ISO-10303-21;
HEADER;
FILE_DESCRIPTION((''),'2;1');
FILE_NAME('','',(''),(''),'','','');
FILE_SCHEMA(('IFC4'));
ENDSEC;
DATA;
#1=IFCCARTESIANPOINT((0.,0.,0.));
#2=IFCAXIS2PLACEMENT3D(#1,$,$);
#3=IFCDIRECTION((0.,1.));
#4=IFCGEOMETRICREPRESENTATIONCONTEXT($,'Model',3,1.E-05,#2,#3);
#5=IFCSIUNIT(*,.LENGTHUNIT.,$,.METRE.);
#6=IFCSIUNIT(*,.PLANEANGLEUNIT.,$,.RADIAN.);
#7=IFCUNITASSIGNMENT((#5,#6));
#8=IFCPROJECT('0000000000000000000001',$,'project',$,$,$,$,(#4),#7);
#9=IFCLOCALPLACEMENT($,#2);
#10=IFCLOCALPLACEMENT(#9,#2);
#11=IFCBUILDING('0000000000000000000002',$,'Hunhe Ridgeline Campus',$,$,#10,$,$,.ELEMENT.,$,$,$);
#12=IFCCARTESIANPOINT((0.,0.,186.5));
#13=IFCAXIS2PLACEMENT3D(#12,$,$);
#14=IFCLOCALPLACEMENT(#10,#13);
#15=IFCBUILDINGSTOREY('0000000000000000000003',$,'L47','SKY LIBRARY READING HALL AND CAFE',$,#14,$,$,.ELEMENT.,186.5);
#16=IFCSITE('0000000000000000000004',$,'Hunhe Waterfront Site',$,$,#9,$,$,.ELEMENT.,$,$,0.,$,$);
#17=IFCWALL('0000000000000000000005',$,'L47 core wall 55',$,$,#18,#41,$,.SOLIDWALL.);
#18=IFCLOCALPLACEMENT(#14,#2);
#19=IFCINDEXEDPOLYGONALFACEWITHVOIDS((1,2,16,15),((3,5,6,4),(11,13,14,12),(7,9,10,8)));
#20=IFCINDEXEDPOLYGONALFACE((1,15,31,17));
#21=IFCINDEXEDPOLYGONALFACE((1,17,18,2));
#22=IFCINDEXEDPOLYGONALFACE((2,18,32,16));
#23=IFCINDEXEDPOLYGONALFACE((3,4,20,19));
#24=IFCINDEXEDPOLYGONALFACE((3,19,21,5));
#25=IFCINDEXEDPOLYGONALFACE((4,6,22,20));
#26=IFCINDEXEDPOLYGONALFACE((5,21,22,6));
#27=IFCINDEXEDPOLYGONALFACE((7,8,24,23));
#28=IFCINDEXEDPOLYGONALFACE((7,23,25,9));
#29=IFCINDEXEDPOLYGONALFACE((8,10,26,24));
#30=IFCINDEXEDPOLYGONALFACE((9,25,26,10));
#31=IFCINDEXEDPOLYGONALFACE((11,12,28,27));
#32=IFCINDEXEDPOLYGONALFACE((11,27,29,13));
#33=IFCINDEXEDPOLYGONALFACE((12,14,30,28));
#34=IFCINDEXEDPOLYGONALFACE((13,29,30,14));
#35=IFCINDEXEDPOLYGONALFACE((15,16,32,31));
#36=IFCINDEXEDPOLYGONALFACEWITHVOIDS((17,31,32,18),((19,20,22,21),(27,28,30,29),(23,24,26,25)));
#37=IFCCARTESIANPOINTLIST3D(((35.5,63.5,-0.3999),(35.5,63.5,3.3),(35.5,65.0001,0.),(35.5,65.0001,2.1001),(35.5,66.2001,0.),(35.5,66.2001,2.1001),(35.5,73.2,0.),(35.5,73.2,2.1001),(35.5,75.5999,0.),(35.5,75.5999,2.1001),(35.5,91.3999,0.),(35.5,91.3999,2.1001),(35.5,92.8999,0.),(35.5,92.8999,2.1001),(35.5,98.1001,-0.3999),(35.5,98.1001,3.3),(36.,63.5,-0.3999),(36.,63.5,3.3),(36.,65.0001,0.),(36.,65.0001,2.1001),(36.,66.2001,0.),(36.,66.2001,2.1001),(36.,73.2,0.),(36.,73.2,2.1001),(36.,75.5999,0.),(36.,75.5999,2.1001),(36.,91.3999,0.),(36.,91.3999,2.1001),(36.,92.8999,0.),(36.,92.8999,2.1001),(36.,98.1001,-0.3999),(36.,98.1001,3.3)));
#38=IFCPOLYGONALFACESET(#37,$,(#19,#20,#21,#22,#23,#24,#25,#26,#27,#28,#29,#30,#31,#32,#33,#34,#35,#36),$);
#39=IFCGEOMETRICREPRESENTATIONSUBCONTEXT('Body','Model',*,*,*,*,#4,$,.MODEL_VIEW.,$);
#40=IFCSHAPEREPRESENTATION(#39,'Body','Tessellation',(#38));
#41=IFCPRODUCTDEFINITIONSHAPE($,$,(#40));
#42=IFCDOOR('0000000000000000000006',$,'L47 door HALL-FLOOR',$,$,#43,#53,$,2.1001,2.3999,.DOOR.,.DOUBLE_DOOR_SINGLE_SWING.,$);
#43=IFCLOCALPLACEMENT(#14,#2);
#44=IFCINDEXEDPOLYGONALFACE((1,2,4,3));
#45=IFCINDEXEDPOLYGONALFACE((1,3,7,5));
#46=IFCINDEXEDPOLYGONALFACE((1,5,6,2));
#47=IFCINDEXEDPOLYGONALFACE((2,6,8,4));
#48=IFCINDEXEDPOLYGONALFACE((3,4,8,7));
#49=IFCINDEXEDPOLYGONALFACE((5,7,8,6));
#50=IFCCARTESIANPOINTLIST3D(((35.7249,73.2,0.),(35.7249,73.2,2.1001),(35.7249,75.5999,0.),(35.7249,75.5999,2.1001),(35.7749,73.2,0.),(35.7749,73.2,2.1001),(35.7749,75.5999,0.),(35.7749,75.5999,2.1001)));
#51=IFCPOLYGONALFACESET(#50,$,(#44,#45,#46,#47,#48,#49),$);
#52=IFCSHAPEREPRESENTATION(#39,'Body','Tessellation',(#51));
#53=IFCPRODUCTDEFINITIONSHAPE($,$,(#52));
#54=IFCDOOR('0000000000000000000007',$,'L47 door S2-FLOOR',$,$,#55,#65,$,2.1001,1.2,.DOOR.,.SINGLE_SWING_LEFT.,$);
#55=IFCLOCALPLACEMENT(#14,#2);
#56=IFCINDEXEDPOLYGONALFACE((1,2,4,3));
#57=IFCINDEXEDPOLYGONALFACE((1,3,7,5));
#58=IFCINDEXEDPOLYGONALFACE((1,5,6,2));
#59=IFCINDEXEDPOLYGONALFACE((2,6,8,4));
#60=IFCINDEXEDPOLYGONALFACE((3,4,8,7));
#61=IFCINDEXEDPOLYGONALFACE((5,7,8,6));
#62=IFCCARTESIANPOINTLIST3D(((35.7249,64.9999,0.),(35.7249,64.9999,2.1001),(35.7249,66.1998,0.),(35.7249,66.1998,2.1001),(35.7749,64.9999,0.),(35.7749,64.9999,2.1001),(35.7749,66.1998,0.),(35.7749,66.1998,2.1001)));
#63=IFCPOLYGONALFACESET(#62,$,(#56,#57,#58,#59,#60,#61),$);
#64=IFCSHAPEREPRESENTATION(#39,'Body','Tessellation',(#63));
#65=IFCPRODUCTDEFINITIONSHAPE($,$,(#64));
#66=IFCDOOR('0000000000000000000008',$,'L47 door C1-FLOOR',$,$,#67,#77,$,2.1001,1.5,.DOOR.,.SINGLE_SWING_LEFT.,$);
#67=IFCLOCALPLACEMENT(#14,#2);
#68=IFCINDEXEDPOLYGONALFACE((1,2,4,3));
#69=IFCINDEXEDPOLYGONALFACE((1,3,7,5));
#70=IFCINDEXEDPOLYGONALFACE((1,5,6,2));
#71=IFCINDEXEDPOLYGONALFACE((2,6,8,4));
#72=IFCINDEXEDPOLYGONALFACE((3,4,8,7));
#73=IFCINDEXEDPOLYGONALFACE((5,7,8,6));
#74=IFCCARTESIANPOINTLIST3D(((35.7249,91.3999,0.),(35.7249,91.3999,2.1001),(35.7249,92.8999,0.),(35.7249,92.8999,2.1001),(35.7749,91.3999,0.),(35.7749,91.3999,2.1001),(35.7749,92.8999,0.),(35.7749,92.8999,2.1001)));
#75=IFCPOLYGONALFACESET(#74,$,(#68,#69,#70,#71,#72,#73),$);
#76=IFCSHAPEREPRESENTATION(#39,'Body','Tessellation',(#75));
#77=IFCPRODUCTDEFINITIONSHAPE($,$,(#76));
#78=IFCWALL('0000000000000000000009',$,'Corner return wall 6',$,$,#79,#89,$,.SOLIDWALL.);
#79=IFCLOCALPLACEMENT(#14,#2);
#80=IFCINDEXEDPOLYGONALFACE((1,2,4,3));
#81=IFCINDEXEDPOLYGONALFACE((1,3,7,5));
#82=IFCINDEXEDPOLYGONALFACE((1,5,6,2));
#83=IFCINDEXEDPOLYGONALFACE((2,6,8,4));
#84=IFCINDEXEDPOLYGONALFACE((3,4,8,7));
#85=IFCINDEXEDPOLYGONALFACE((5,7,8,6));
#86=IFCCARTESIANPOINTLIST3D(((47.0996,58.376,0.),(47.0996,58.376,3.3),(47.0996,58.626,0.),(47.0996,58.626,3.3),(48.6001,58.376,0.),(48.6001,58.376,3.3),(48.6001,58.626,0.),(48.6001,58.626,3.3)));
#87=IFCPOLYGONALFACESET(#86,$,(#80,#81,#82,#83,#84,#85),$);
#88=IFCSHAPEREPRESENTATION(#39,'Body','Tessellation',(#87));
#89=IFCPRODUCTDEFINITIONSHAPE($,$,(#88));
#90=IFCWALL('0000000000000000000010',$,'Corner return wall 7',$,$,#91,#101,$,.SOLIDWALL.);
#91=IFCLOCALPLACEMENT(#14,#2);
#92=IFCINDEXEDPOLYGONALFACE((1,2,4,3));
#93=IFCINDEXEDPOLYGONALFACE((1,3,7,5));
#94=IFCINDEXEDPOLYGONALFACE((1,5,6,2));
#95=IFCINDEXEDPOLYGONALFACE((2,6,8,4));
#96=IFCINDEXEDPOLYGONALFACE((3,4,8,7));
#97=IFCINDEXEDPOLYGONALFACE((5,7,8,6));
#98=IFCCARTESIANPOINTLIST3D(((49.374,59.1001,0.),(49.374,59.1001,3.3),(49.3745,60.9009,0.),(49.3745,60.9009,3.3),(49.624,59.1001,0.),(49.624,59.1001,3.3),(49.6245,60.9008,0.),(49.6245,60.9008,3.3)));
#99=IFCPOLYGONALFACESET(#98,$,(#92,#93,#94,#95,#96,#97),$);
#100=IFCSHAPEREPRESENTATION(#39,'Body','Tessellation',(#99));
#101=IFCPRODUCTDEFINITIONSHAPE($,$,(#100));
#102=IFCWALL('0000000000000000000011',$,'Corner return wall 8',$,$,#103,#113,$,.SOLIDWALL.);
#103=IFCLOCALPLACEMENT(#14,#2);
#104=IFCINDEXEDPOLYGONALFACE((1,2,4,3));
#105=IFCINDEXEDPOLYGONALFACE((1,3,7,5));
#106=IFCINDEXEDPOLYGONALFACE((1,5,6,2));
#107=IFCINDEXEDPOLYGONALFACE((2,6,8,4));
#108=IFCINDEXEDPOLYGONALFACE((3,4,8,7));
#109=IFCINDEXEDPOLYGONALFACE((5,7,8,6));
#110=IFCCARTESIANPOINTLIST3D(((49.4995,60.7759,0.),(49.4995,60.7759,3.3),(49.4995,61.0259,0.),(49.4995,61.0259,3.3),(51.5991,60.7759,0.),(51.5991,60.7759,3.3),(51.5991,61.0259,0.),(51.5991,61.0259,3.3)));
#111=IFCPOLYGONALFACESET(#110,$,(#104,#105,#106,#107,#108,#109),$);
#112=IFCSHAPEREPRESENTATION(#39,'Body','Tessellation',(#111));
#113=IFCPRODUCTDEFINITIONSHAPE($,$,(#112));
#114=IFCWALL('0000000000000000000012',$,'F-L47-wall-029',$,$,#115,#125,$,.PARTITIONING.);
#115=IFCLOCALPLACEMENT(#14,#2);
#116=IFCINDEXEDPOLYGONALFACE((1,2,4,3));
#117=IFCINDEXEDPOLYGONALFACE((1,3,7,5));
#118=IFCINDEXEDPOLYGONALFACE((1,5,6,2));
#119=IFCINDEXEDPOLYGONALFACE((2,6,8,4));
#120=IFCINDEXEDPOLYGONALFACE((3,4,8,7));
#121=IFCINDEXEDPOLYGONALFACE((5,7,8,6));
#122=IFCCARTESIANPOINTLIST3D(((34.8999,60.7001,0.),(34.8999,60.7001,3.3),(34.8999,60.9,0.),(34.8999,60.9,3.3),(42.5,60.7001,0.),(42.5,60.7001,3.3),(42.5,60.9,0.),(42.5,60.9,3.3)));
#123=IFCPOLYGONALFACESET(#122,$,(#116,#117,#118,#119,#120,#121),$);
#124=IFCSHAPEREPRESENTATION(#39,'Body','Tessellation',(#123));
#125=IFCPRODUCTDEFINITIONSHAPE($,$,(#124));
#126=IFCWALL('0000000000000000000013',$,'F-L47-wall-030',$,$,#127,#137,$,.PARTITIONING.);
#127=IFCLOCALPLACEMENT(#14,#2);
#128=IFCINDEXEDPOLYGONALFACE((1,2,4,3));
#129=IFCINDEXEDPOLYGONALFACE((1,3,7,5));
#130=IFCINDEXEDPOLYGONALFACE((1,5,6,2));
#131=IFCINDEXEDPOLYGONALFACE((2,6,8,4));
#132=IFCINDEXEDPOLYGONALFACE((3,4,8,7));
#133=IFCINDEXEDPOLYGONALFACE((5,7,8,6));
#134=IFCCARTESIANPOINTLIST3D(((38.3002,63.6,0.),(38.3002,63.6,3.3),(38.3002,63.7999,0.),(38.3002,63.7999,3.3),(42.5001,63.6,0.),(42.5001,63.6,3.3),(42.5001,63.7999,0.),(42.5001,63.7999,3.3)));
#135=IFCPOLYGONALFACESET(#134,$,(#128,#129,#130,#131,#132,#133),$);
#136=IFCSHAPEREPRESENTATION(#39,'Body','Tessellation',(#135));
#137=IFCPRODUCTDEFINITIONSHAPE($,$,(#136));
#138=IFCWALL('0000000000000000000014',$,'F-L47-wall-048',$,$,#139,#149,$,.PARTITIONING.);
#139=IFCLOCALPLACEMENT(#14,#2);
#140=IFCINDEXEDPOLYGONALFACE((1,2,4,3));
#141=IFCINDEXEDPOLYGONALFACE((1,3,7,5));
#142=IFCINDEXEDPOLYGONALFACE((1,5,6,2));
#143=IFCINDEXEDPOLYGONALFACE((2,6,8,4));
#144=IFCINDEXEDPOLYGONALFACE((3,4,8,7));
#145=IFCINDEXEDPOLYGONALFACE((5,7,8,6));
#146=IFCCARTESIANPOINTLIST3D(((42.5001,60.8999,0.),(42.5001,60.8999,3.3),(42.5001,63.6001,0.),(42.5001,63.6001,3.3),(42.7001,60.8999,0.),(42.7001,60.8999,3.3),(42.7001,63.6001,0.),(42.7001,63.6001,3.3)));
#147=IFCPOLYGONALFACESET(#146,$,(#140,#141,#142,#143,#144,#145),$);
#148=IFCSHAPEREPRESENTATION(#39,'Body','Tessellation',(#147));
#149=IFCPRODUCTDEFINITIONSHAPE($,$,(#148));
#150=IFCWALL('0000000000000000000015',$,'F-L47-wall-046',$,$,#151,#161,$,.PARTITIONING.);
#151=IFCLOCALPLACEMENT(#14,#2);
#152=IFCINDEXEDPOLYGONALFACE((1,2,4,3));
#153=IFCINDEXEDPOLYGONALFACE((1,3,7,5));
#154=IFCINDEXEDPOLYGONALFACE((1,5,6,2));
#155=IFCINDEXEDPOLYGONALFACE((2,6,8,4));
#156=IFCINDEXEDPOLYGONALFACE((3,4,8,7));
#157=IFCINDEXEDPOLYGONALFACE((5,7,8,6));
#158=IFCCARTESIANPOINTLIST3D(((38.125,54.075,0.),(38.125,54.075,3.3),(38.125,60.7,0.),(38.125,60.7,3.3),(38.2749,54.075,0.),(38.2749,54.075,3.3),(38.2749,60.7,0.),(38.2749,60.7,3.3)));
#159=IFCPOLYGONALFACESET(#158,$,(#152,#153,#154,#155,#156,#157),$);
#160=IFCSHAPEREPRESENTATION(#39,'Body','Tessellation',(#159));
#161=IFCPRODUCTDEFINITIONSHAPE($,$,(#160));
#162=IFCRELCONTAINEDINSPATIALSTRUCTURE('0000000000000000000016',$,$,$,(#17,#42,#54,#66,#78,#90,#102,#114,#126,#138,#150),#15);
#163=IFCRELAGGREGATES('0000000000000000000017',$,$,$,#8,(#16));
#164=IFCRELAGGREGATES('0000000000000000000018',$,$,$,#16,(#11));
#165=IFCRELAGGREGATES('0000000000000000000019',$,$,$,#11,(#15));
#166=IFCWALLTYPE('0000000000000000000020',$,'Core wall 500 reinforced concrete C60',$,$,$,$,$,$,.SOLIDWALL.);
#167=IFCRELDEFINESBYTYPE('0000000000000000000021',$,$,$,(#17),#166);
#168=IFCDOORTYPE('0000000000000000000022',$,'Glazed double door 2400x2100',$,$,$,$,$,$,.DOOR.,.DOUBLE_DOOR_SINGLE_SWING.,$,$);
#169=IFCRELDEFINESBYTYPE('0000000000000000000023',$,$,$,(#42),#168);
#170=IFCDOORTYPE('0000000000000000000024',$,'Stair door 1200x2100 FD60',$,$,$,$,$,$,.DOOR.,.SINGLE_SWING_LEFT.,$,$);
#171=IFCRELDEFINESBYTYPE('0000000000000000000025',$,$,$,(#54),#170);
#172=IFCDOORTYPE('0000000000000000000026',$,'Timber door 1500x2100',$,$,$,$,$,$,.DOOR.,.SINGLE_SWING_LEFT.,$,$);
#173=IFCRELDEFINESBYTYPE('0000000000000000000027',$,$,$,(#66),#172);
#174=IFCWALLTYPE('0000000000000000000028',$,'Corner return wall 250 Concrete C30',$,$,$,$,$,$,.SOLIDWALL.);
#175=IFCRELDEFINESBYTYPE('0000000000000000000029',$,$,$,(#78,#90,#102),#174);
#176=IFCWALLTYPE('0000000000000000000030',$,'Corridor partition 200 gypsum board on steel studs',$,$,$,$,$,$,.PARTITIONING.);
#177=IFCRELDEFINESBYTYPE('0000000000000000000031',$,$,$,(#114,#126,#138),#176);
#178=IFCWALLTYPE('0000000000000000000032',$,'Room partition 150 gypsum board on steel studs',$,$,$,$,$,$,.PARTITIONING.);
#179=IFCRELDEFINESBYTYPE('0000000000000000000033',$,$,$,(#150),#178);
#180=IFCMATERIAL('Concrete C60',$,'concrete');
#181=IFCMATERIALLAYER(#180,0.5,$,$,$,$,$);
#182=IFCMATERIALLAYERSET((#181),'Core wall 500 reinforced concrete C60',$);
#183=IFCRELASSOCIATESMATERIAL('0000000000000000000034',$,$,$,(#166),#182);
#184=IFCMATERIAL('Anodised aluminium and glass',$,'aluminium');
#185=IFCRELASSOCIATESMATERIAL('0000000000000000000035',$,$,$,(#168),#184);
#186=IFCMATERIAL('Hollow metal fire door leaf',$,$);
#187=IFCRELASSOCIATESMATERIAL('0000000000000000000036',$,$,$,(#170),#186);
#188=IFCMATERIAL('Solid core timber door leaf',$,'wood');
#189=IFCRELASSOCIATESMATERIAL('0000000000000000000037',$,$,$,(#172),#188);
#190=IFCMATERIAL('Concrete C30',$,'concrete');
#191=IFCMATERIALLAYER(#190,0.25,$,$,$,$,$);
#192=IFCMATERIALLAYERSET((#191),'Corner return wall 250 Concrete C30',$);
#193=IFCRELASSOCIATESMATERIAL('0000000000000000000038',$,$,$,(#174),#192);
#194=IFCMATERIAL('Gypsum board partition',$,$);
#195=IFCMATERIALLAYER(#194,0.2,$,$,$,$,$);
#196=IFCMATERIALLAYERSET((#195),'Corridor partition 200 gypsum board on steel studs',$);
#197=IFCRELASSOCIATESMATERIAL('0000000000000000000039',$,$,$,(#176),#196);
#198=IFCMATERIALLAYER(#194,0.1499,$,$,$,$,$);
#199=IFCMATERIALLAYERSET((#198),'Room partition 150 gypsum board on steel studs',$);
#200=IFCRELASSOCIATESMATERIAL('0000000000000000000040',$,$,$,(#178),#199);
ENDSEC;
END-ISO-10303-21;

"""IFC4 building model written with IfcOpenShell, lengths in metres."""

from ifc_helpers import new_model, si_unit, direction, frame, frame_2d, origin, place, context, subcontext, project, spatial, rectangle, extrude, material, layer, layer_set, type_object, element, fill, save


model = new_model("IFC4")

# Units and contexts
model_context = context("Model", 3, precision=1e-05, world=origin(), true_north=direction((0.0, 1.0)))
body_context = subcontext(model_context, "Body", "Model", "MODEL_VIEW")
ifc_project = project(units=[si_unit("LENGTHUNIT", "METRE"), si_unit("PLANEANGLEUNIT", "RADIAN")], contexts=[model_context])

# Site, building, storey
site_placement = place(None, origin())
site = spatial("IfcSite", under=ifc_project, at=site_placement, Name="Hunhe Waterfront Site", CompositionType="ELEMENT", RefElevation=0.0)
building_placement = place(site_placement, origin())
building = spatial("IfcBuilding", under=site, at=building_placement, Name="Hunhe Ridgeline Campus", CompositionType="ELEMENT")
storey_placement = place(building_placement, frame((0.0, 0.0, 186.5)))
storey = spatial("IfcBuildingStorey", under=building, at=storey_placement, Name="L47", Description="SKY LIBRARY READING HALL AND CAFE", CompositionType="ELEMENT", Elevation=186.5)

# Shared definitions
ifc_material_1 = material(Name="Concrete C60", Category="concrete")

# Wall, openings, doors
ifc_layer_1 = layer(ifc_material_1, 0.5)
ifc_layer_set_1 = layer_set([ifc_layer_1], Name="Core wall 500 reinforced concrete C60")
wall_type_1 = type_object("IfcWallType", Name="Core wall 500 reinforced concrete C60", PredefinedType="SOLIDWALL", material=ifc_layer_set_1)
wall_1_placement = place(storey_placement, frame((35.75, 63.5, -0.3999), z_axis=(0.0, 0.0, 1.0), x_axis=(0.0, 1.0, 0.0)))
wall_1 = element("IfcWall", 1, at=wall_1_placement, inside=storey, type_object=wall_type_1, Name="L47 core wall 55", PredefinedType="SOLIDWALL", context=body_context, shape_type="SweptSolid", body=[
    extrude(rectangle(XDim=34.6001, YDim=0.5, at=frame_2d((17.3, 0.0))), origin(), (0.0, 0.0, 1.0), 3.7),
])
opening_1_placement = place(wall_1_placement, frame((9.7, 0.0, 0.3999)))
opening_1 = element("IfcOpeningElement", 2, at=opening_1_placement, cuts=wall_1, PredefinedType="OPENING", context=body_context, shape_type="SweptSolid", body=[
    extrude(rectangle(XDim=2.3999, YDim=2.1001, at=frame_2d((1.2, 1.05))), frame((0.0, 0.25, 0.0), z_axis=(0.0, -1.0, 0.0), x_axis=(1.0, 0.0, 0.0)), (0.0, 0.0, 1.0), 0.5),
])
opening_2_placement = place(wall_1_placement, frame((27.8999, 0.0, 0.3999)))
opening_2 = element("IfcOpeningElement", 3, at=opening_2_placement, cuts=wall_1, PredefinedType="OPENING", context=body_context, shape_type="SweptSolid", body=[
    extrude(rectangle(XDim=1.5, YDim=2.1001, at=frame_2d((0.75, 1.05))), frame((0.0, 0.25, 0.0), z_axis=(0.0, -1.0, 0.0), x_axis=(1.0, 0.0, 0.0)), (0.0, 0.0, 1.0), 0.5),
])
opening_3_placement = place(wall_1_placement, frame((1.5, 0.0, 0.3999)))
opening_3 = element("IfcOpeningElement", 4, at=opening_3_placement, cuts=wall_1, PredefinedType="OPENING", context=body_context, shape_type="SweptSolid", body=[
    extrude(rectangle(XDim=1.2, YDim=2.1001, at=frame_2d((0.6001, 1.05))), frame((0.0, 0.25, 0.0), z_axis=(0.0, -1.0, 0.0), x_axis=(1.0, 0.0, 0.0)), (0.0, 0.0, 1.0), 0.5),
])
ifc_material_2 = material(Name="Anodised aluminium and glass", Category="aluminium")
door_type_1 = type_object("IfcDoorType", Name="Glazed double door 2400x2100", OperationType="DOUBLE_DOOR_SINGLE_SWING", PredefinedType="DOOR", material=ifc_material_2)
door_1_placement = place(opening_1_placement, frame((2.3999, 0.0, 0.0), z_axis=(0.0, 0.0, 1.0), x_axis=(-1.0, 0.0, 0.0)))
door_1 = element("IfcDoor", 5, at=door_1_placement, inside=storey, type_object=door_type_1, Name="L47 door HALL-FLOOR", OperationType="DOUBLE_DOOR_SINGLE_SWING", OverallHeight=2.1001, OverallWidth=2.3999, PredefinedType="DOOR", context=body_context, shape_type="SweptSolid", body=[
    extrude(rectangle(XDim=2.3999, YDim=2.1001, at=frame_2d((1.2, 1.05))), frame((0.0, 0.0249, 0.0), z_axis=(0.0, -1.0, 0.0), x_axis=(1.0, 0.0, 0.0)), (0.0, 0.0, 1.0), 0.05),
])
fill(opening_1, door_1)
ifc_material_3 = material(Name="Hollow metal fire door leaf")
door_type_2 = type_object("IfcDoorType", Name="Stair door 1200x2100 FD60", OperationType="SINGLE_SWING_LEFT", PredefinedType="DOOR", material=ifc_material_3)
door_2_placement = place(opening_3_placement, frame((1.2, 0.0, 0.0), z_axis=(0.0, 0.0, 1.0), x_axis=(-1.0, 0.0, 0.0)))
door_2 = element("IfcDoor", 6, at=door_2_placement, inside=storey, type_object=door_type_2, Name="L47 door S2-FLOOR", OperationType="SINGLE_SWING_LEFT", OverallHeight=2.1001, OverallWidth=1.2, PredefinedType="DOOR", context=body_context, shape_type="SweptSolid", body=[
    extrude(rectangle(XDim=1.2, YDim=2.1001, at=frame_2d((0.6001, 1.05))), frame((0.0, 0.0249, 0.0), z_axis=(0.0, -1.0, 0.0), x_axis=(1.0, 0.0, 0.0)), (0.0, 0.0, 1.0), 0.05),
])
fill(opening_3, door_2)
ifc_material_4 = material(Name="Solid core timber door leaf", Category="wood")
door_type_3 = type_object("IfcDoorType", Name="Timber door 1500x2100", OperationType="SINGLE_SWING_LEFT", PredefinedType="DOOR", material=ifc_material_4)
door_3_placement = place(opening_2_placement, frame((1.5, 0.0, 0.0), z_axis=(0.0, 0.0, 1.0), x_axis=(-1.0, 0.0, 0.0)))
door_3 = element("IfcDoor", 7, at=door_3_placement, inside=storey, type_object=door_type_3, Name="L47 door C1-FLOOR", OperationType="SINGLE_SWING_LEFT", OverallHeight=2.1001, OverallWidth=1.5, PredefinedType="DOOR", context=body_context, shape_type="SweptSolid", body=[
    extrude(rectangle(XDim=1.5, YDim=2.1001, at=frame_2d((0.75, 1.05))), frame((0.0, 0.0249, 0.0), z_axis=(0.0, -1.0, 0.0), x_axis=(1.0, 0.0, 0.0)), (0.0, 0.0, 1.0), 0.05),
])
fill(opening_2, door_3)

# Walls
ifc_material_5 = material(Name="Concrete C30", Category="concrete")
ifc_layer_2 = layer(ifc_material_5, 0.25)
ifc_layer_set_2 = layer_set([ifc_layer_2], Name="Corner return wall 250 Concrete C30")
wall_type_2 = type_object("IfcWallType", Name="Corner return wall 250 Concrete C30", PredefinedType="SOLIDWALL", material=ifc_layer_set_2)
wall_2_placement = place(storey_placement, frame((47.0996, 58.501, 0.0), z_axis=(0.0, 0.0, 1.0), x_axis=(1.0, 0.0, 0.0)))
element("IfcWall", 8, at=wall_2_placement, inside=storey, type_object=wall_type_2, Name="Corner return wall 6", PredefinedType="SOLIDWALL", context=body_context, shape_type="SweptSolid", body=[
    extrude(rectangle(XDim=1.5005, YDim=0.25, at=frame_2d((0.7502, 0.0))), origin(), (0.0, 0.0, 1.0), 3.3),
])
wall_3_placement = place(storey_placement, frame((49.499, 59.1001, 0.0), z_axis=(0.0, 0.0, 1.0), x_axis=(0.000271, 1.0, 0.0)))
element("IfcWall", 9, at=wall_3_placement, inside=storey, type_object=wall_type_2, Name="Corner return wall 7", PredefinedType="SOLIDWALL", context=body_context, shape_type="SweptSolid", body=[
    extrude(rectangle(XDim=1.8008, YDim=0.25, at=frame_2d((0.9004, 0.0))), origin(), (0.0, 0.0, 1.0), 3.3),
])
wall_4_placement = place(storey_placement, frame((49.4995, 60.9009, 0.0), z_axis=(0.0, 0.0, 1.0), x_axis=(1.0, 0.0, 0.0)))
element("IfcWall", 10, at=wall_4_placement, inside=storey, type_object=wall_type_2, Name="Corner return wall 8", PredefinedType="SOLIDWALL", context=body_context, shape_type="SweptSolid", body=[
    extrude(rectangle(XDim=2.0996, YDim=0.25, at=frame_2d((1.0498, 0.0))), origin(), (0.0, 0.0, 1.0), 3.3),
])
ifc_material_6 = material(Name="Gypsum board partition")
ifc_layer_3 = layer(ifc_material_6, 0.2)
ifc_layer_set_3 = layer_set([ifc_layer_3], Name="Corridor partition 200 gypsum board on steel studs")
wall_type_3 = type_object("IfcWallType", Name="Corridor partition 200 gypsum board on steel studs", PredefinedType="PARTITIONING", material=ifc_layer_set_3)
wall_5_placement = place(storey_placement, frame((42.5, 60.8, 0.0), z_axis=(0.0, 0.0, 1.0), x_axis=(-1.0, 0.0, 0.0)))
element("IfcWall", 11, at=wall_5_placement, inside=storey, type_object=wall_type_3, Name="F-L47-wall-029", PredefinedType="PARTITIONING", context=body_context, shape_type="SweptSolid", body=[
    extrude(rectangle(XDim=7.6001, YDim=0.2, at=frame_2d((3.8, 0.0))), origin(), (0.0, 0.0, 1.0), 3.3),
])
wall_6_placement = place(storey_placement, frame((38.3, 63.7, 0.0), z_axis=(0.0, 0.0, 1.0), x_axis=(1.0, 0.0, 0.0)))
element("IfcWall", 12, at=wall_6_placement, inside=storey, type_object=wall_type_3, Name="F-L47-wall-030", PredefinedType="PARTITIONING", context=body_context, shape_type="SweptSolid", body=[
    extrude(rectangle(XDim=4.2, YDim=0.2, at=frame_2d((2.1001, 0.0))), origin(), (0.0, 0.0, 1.0), 3.3),
])
wall_7_placement = place(storey_placement, frame((42.6001, 63.6001, 0.0), z_axis=(0.0, 0.0, 1.0), x_axis=(0.0, -1.0, 0.0)))
element("IfcWall", 13, at=wall_7_placement, inside=storey, type_object=wall_type_3, Name="F-L47-wall-048", PredefinedType="PARTITIONING", context=body_context, shape_type="SweptSolid", body=[
    extrude(rectangle(XDim=2.7002, YDim=0.2, at=frame_2d((1.3501, 0.0))), origin(), (0.0, 0.0, 1.0), 3.3),
])
ifc_layer_4 = layer(ifc_material_6, 0.1499)
ifc_layer_set_4 = layer_set([ifc_layer_4], Name="Room partition 150 gypsum board on steel studs")
wall_type_4 = type_object("IfcWallType", Name="Room partition 150 gypsum board on steel studs", PredefinedType="PARTITIONING", material=ifc_layer_set_4)
wall_8_placement = place(storey_placement, frame((38.2, 60.7, 0.0), z_axis=(0.0, 0.0, 1.0), x_axis=(0.0, -1.0, 0.0)))
element("IfcWall", 14, at=wall_8_placement, inside=storey, type_object=wall_type_4, Name="F-L47-wall-046", PredefinedType="PARTITIONING", context=body_context, shape_type="SweptSolid", body=[
    extrude(rectangle(XDim=6.625, YDim=0.1499, at=frame_2d((3.3125, 0.0))), origin(), (0.0, 0.0, 1.0), 3.3),
])

save(model, "model.ifc")
